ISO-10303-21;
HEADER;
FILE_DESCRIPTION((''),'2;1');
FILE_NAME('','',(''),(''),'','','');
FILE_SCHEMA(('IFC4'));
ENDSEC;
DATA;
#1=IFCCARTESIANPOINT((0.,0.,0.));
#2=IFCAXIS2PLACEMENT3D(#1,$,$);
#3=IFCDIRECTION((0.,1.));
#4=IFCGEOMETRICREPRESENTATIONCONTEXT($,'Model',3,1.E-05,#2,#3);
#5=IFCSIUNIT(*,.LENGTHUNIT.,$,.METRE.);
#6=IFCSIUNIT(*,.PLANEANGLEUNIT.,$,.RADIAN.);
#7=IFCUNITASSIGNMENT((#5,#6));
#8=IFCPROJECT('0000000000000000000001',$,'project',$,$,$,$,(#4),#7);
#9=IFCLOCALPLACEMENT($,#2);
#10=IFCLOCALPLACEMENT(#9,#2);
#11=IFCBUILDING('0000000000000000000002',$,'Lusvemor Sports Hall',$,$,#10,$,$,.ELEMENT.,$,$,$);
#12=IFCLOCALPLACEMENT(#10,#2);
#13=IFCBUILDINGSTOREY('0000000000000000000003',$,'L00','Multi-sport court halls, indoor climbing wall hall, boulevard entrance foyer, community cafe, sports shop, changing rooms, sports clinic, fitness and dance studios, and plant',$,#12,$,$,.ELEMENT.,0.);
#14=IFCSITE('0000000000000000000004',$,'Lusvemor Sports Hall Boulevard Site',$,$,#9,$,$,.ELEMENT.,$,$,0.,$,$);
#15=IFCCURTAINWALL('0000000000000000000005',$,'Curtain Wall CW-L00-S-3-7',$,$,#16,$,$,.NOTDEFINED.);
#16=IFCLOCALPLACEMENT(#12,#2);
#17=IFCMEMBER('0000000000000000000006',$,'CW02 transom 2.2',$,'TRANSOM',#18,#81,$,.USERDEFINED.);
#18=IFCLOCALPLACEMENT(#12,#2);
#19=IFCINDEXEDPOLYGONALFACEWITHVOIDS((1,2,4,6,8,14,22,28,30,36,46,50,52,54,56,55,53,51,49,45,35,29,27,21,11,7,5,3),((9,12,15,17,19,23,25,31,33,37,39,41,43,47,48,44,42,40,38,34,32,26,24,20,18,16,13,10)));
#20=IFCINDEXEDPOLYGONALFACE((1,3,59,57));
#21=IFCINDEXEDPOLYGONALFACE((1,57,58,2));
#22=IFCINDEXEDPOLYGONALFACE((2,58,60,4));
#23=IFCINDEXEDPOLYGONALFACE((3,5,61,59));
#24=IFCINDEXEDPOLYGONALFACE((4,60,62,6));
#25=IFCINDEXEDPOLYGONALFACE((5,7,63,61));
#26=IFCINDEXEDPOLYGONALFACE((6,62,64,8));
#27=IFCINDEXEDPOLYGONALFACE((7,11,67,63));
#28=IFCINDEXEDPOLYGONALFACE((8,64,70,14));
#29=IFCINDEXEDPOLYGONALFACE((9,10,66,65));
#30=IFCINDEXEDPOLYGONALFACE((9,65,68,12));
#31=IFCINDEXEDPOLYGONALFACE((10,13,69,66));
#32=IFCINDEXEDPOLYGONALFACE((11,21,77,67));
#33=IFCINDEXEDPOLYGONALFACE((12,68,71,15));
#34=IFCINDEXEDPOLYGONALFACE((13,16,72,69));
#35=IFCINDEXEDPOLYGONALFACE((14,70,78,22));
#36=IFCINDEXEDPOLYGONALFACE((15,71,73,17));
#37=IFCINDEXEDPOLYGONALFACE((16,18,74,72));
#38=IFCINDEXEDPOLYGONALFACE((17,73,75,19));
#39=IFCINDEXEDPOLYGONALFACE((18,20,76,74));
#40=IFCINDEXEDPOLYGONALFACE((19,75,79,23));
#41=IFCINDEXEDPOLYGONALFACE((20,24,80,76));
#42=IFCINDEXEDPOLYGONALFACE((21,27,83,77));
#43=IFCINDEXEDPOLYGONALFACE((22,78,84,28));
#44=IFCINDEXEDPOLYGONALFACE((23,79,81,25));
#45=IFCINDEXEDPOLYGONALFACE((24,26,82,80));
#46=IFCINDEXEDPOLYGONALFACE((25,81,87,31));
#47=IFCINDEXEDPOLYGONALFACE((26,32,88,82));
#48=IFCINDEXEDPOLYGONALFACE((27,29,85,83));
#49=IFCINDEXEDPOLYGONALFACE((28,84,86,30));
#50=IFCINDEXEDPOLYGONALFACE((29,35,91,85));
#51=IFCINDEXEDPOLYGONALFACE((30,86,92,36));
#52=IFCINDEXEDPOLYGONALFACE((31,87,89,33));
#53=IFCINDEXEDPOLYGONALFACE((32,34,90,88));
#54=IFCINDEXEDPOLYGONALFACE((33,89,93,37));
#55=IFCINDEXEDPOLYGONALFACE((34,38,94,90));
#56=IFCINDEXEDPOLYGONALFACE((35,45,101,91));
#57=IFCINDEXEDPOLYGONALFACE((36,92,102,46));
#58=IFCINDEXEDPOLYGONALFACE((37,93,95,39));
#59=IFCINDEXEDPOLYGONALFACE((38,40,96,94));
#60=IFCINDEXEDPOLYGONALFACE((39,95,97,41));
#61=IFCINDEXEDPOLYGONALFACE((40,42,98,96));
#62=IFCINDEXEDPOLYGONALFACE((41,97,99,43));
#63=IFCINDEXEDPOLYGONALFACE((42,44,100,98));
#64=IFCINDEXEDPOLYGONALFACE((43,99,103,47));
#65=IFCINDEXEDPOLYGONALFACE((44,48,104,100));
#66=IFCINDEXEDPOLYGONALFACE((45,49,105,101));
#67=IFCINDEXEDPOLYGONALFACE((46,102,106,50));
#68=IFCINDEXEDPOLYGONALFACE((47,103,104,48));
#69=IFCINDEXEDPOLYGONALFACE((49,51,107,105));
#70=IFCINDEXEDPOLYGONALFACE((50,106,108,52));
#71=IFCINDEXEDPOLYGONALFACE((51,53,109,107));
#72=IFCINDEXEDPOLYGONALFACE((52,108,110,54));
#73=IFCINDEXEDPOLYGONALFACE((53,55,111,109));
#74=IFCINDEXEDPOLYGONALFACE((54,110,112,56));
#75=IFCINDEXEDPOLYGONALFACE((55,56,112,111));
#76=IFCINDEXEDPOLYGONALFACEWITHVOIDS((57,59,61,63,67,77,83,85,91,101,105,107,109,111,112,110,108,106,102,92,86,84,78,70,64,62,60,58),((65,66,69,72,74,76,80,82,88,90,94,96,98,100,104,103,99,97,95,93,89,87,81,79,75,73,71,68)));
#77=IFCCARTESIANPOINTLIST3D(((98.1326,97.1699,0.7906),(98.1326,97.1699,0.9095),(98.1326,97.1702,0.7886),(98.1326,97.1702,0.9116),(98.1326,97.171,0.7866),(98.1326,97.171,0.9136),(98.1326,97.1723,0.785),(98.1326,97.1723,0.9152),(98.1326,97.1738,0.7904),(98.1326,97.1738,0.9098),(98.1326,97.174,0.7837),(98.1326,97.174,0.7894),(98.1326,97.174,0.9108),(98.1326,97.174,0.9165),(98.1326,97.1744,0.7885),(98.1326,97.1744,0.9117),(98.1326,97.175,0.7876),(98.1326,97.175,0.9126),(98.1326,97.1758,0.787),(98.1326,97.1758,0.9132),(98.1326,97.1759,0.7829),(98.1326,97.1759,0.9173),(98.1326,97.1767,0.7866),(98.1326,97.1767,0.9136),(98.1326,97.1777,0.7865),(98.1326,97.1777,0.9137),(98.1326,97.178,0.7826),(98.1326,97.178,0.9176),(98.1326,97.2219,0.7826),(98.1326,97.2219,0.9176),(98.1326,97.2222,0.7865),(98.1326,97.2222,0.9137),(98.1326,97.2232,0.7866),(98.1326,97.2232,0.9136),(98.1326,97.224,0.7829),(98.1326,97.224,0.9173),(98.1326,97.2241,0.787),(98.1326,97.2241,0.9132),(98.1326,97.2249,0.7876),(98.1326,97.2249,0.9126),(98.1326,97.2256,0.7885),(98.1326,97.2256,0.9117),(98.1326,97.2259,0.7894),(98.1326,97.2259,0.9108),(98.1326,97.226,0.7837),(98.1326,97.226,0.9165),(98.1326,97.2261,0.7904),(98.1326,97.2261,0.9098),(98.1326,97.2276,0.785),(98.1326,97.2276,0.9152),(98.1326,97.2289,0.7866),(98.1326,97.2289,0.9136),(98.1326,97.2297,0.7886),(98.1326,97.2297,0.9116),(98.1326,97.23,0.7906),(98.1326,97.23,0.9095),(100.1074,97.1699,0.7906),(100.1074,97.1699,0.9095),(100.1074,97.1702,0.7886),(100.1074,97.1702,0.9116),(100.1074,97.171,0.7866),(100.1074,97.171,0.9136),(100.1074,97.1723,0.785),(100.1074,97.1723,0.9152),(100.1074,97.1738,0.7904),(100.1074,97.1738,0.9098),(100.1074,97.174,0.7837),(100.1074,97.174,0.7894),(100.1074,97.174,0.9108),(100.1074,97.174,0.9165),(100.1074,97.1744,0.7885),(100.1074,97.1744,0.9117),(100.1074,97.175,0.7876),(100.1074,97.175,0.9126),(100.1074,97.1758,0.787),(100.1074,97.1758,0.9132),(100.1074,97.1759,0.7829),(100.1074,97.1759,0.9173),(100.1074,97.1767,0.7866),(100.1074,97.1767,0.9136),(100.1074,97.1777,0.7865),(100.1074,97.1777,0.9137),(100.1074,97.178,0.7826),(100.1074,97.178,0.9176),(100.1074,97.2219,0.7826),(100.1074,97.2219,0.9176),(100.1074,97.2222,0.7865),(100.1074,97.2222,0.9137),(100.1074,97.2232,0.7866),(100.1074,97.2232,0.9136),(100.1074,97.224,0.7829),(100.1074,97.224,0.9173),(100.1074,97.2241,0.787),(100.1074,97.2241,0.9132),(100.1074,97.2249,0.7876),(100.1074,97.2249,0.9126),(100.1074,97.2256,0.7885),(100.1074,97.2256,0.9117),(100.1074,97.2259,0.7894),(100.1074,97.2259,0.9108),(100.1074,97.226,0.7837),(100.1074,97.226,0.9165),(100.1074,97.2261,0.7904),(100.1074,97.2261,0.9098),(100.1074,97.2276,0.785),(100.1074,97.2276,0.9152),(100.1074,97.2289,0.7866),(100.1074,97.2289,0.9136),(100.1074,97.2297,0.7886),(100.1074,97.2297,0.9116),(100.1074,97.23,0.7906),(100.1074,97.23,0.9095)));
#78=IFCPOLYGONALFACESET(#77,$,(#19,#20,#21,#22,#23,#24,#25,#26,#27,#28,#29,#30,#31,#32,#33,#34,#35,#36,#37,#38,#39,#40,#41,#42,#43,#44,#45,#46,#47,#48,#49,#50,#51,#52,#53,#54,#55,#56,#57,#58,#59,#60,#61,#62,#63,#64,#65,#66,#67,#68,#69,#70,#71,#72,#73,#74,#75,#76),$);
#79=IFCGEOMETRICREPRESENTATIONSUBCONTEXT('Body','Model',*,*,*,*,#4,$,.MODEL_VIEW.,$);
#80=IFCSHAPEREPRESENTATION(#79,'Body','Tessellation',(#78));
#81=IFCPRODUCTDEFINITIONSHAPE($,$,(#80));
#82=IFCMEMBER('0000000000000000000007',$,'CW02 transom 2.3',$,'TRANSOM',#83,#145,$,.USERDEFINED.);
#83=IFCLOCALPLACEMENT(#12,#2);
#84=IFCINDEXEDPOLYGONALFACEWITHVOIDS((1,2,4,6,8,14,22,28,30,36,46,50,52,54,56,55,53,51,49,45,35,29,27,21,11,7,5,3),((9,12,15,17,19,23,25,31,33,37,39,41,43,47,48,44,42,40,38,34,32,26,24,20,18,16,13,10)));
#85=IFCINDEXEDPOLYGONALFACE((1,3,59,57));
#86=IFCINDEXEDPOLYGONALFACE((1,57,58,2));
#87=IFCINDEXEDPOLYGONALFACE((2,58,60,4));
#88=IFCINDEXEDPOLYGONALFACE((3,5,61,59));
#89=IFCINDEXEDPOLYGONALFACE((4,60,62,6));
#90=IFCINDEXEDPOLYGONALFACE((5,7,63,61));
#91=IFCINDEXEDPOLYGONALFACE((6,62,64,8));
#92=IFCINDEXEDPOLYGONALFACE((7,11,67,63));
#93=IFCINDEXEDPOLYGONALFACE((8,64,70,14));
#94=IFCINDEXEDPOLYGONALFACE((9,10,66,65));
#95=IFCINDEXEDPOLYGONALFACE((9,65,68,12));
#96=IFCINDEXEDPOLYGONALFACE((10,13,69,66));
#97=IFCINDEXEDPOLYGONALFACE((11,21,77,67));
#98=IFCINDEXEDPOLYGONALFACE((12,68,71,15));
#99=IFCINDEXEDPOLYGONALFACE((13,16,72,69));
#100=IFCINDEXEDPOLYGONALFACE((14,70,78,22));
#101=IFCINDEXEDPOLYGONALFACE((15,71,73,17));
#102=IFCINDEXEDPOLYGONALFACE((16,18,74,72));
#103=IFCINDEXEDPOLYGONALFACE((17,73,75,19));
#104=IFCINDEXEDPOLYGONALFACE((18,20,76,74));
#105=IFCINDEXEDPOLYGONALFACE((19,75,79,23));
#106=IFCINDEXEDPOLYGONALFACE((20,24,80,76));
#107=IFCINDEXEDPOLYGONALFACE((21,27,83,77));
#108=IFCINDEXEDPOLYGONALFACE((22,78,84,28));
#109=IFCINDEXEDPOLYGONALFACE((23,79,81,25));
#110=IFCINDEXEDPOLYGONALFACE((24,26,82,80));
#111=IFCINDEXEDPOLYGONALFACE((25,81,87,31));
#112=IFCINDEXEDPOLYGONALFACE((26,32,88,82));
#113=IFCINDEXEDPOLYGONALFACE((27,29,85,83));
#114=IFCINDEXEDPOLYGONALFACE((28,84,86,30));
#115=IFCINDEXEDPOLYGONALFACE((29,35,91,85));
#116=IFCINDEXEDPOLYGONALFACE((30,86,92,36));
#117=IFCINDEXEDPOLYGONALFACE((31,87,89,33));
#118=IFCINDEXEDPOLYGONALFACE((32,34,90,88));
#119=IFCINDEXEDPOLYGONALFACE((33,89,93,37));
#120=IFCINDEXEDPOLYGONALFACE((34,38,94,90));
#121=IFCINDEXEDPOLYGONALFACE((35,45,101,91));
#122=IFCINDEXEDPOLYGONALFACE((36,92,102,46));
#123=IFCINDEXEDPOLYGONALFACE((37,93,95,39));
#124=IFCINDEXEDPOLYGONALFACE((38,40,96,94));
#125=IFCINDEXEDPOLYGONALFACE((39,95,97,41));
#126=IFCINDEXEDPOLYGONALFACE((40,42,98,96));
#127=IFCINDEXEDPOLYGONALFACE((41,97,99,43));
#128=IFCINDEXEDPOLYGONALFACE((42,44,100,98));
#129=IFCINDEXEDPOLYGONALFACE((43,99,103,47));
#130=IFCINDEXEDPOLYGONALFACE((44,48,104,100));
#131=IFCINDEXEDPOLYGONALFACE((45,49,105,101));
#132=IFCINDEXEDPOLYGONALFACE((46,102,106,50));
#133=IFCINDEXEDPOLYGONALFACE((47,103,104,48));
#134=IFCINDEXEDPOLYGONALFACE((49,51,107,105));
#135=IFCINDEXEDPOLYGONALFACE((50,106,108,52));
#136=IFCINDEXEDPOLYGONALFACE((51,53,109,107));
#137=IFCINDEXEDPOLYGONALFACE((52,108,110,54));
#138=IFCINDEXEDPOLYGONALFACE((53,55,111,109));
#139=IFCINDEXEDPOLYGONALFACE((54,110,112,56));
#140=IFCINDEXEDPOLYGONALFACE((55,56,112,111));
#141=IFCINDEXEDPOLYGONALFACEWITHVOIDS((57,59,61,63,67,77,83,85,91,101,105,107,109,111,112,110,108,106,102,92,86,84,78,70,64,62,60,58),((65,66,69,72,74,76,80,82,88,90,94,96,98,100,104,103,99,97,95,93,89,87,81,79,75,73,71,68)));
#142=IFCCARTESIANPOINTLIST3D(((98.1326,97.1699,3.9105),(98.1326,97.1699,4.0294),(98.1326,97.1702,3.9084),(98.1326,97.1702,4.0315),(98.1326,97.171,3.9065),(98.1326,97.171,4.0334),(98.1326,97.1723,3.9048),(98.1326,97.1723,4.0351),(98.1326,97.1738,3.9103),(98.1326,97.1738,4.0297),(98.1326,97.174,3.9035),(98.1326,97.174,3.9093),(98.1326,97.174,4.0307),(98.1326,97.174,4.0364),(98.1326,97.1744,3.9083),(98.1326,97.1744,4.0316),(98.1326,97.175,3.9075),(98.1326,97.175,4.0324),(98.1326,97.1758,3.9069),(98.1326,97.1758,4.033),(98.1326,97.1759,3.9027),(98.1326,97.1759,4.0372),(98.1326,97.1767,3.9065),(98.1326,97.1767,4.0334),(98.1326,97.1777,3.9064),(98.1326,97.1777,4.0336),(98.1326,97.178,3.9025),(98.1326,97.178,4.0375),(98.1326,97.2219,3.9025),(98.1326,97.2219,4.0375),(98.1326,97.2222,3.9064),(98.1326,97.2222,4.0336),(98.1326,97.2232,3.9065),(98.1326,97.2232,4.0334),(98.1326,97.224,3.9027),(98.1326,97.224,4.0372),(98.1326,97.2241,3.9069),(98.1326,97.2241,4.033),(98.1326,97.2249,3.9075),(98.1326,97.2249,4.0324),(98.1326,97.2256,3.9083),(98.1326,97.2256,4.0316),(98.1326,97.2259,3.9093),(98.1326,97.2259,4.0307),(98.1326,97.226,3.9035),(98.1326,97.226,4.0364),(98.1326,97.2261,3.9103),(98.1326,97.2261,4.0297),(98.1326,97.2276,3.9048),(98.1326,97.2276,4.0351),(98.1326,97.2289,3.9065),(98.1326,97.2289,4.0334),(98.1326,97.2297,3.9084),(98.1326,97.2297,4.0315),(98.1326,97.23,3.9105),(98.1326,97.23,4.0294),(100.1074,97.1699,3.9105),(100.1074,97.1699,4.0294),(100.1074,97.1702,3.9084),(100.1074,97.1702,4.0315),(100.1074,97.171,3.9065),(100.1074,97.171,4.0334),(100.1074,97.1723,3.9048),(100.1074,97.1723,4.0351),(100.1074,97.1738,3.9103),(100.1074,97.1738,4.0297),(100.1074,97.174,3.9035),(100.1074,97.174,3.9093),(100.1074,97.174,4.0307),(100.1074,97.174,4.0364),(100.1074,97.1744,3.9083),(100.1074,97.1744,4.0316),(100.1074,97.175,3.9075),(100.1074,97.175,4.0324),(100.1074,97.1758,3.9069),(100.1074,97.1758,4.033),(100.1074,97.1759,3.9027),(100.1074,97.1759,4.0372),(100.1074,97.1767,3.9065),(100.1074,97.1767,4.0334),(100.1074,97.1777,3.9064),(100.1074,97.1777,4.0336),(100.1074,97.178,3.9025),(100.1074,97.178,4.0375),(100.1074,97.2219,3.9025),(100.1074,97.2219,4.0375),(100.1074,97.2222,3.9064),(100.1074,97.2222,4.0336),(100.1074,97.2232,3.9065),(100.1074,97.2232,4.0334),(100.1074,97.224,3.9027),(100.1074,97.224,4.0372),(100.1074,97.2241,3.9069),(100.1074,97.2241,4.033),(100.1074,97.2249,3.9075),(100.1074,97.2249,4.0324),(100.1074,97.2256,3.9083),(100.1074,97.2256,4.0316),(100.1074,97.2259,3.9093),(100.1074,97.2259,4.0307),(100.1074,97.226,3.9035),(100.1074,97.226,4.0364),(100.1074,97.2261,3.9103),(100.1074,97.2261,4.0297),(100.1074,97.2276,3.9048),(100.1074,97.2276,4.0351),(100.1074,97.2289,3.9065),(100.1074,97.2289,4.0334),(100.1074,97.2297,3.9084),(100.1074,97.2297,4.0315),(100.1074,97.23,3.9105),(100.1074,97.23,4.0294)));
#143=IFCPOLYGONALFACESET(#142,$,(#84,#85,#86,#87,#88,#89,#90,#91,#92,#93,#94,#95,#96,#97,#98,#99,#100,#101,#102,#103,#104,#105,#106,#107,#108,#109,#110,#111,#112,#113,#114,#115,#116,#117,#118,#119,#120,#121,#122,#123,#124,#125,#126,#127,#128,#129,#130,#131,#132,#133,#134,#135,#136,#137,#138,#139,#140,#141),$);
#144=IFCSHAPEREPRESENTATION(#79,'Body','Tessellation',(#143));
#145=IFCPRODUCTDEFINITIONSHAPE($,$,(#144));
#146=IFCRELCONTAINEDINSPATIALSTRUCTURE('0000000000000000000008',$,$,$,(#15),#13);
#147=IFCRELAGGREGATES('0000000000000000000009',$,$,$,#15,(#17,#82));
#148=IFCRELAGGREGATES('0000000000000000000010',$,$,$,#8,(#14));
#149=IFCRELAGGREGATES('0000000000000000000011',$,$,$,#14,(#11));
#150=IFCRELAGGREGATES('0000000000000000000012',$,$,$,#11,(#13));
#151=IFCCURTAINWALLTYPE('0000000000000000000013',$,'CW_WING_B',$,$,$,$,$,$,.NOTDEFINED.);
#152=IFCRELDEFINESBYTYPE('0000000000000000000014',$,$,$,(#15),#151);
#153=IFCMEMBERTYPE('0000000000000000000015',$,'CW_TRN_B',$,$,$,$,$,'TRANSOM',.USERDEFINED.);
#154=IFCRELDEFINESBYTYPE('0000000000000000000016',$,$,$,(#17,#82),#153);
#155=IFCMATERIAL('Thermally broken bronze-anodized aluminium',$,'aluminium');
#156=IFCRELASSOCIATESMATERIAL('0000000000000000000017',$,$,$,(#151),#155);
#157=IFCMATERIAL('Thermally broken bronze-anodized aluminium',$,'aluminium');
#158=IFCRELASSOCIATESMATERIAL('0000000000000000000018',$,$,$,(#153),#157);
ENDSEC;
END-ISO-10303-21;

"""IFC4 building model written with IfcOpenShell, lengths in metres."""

from ifc_helpers import new_model, si_unit, direction, frame, origin, origin_2d, place, context, subcontext, project, spatial, hollow_rectangle, extrude, material, material_profile, profile_set, type_object, element, aggregate, save


model = new_model("IFC4")

# Units and contexts
model_context = context("Model", 3, precision=1e-05, world=origin(), true_north=direction((0.0, 1.0)))
body_context = subcontext(model_context, "Body", "Model", "MODEL_VIEW")
ifc_project = project(units=[si_unit("LENGTHUNIT", "METRE"), si_unit("PLANEANGLEUNIT", "RADIAN")], contexts=[model_context])

# Site, building, storey
site_placement = place(None, origin())
site = spatial("IfcSite", under=ifc_project, at=site_placement, Name="Lusvemor Sports Hall Boulevard Site", CompositionType="ELEMENT", RefElevation=0.0)
building_placement = place(site_placement, origin())
building = spatial("IfcBuilding", under=site, at=building_placement, Name="Lusvemor Sports Hall", CompositionType="ELEMENT")
storey_placement = place(building_placement, origin())
storey = spatial("IfcBuildingStorey", under=building, at=storey_placement, Name="L00", Description="Multi-sport court halls, indoor climbing wall hall, boulevard entrance foyer, community cafe, sports shop, changing rooms, sports clinic, fitness and dance studios, and plant", CompositionType="ELEMENT", Elevation=0.0)

# Curtain wall
ifc_material_1 = material(Name="Thermally broken bronze-anodized aluminium", Category="aluminium")
curtain_wall_type = type_object("IfcCurtainWallType", Name="CW_WING_B", PredefinedType="NOTDEFINED", material=ifc_material_1)
curtain_wall_1_placement = place(storey_placement, origin())
curtain_wall_1 = element("IfcCurtainWall", 1, at=curtain_wall_1_placement, inside=storey, type_object=curtain_wall_type, Name="Curtain Wall CW-L00-S-3-7", PredefinedType="NOTDEFINED")

# Members
ifc_material_2 = material(Name="Thermally broken bronze-anodized aluminium", Category="aluminium")
ifc_material_profile_1 = material_profile(ifc_material_2, hollow_rectangle(XDim=0.0601, YDim=0.135, WallThickness=0.0039, InnerFilletRadius=0.0039, OuterFilletRadius=0.0081, at=origin_2d()), Name="CWTRN135x60x4")
ifc_profile_set_1 = profile_set([ifc_material_profile_1], Name="Thermally broken bronze-anodized aluminium")
member_type_1 = type_object("IfcMemberType", Name="CW_TRN_B", ElementType="TRANSOM", PredefinedType="USERDEFINED", material=ifc_profile_set_1)
member_1_placement = place(storey_placement, frame((100.1074, 97.2, 0.8501), z_axis=(-1.0, 0.0, 0.0), x_axis=(0.0, -1.0, 0.0)))
member_1 = element("IfcMember", 2, at=member_1_placement, type_object=member_type_1, Name="CW02 transom 2.2", ObjectType="TRANSOM", PredefinedType="USERDEFINED", context=body_context, shape_type="SweptSolid", body=[
    extrude(hollow_rectangle(XDim=0.0601, YDim=0.135, WallThickness=0.0039, InnerFilletRadius=0.0039, OuterFilletRadius=0.0081, at=origin_2d()), origin(), (0.0, 0.0, 1.0), 1.9749),
])
member_2_placement = place(storey_placement, frame((100.1074, 97.2, 3.97), z_axis=(-1.0, 0.0, 0.0), x_axis=(0.0, -1.0, 0.0)))
member_2 = element("IfcMember", 3, at=member_2_placement, type_object=member_type_1, Name="CW02 transom 2.3", ObjectType="TRANSOM", PredefinedType="USERDEFINED", context=body_context, shape_type="SweptSolid", body=[
    extrude(hollow_rectangle(XDim=0.0601, YDim=0.135, WallThickness=0.0039, InnerFilletRadius=0.0039, OuterFilletRadius=0.0081, at=origin_2d()), origin(), (0.0, 0.0, 1.0), 1.9749),
])

aggregate(curtain_wall_1, [member_1, member_2])

save(model, "model.ifc")
